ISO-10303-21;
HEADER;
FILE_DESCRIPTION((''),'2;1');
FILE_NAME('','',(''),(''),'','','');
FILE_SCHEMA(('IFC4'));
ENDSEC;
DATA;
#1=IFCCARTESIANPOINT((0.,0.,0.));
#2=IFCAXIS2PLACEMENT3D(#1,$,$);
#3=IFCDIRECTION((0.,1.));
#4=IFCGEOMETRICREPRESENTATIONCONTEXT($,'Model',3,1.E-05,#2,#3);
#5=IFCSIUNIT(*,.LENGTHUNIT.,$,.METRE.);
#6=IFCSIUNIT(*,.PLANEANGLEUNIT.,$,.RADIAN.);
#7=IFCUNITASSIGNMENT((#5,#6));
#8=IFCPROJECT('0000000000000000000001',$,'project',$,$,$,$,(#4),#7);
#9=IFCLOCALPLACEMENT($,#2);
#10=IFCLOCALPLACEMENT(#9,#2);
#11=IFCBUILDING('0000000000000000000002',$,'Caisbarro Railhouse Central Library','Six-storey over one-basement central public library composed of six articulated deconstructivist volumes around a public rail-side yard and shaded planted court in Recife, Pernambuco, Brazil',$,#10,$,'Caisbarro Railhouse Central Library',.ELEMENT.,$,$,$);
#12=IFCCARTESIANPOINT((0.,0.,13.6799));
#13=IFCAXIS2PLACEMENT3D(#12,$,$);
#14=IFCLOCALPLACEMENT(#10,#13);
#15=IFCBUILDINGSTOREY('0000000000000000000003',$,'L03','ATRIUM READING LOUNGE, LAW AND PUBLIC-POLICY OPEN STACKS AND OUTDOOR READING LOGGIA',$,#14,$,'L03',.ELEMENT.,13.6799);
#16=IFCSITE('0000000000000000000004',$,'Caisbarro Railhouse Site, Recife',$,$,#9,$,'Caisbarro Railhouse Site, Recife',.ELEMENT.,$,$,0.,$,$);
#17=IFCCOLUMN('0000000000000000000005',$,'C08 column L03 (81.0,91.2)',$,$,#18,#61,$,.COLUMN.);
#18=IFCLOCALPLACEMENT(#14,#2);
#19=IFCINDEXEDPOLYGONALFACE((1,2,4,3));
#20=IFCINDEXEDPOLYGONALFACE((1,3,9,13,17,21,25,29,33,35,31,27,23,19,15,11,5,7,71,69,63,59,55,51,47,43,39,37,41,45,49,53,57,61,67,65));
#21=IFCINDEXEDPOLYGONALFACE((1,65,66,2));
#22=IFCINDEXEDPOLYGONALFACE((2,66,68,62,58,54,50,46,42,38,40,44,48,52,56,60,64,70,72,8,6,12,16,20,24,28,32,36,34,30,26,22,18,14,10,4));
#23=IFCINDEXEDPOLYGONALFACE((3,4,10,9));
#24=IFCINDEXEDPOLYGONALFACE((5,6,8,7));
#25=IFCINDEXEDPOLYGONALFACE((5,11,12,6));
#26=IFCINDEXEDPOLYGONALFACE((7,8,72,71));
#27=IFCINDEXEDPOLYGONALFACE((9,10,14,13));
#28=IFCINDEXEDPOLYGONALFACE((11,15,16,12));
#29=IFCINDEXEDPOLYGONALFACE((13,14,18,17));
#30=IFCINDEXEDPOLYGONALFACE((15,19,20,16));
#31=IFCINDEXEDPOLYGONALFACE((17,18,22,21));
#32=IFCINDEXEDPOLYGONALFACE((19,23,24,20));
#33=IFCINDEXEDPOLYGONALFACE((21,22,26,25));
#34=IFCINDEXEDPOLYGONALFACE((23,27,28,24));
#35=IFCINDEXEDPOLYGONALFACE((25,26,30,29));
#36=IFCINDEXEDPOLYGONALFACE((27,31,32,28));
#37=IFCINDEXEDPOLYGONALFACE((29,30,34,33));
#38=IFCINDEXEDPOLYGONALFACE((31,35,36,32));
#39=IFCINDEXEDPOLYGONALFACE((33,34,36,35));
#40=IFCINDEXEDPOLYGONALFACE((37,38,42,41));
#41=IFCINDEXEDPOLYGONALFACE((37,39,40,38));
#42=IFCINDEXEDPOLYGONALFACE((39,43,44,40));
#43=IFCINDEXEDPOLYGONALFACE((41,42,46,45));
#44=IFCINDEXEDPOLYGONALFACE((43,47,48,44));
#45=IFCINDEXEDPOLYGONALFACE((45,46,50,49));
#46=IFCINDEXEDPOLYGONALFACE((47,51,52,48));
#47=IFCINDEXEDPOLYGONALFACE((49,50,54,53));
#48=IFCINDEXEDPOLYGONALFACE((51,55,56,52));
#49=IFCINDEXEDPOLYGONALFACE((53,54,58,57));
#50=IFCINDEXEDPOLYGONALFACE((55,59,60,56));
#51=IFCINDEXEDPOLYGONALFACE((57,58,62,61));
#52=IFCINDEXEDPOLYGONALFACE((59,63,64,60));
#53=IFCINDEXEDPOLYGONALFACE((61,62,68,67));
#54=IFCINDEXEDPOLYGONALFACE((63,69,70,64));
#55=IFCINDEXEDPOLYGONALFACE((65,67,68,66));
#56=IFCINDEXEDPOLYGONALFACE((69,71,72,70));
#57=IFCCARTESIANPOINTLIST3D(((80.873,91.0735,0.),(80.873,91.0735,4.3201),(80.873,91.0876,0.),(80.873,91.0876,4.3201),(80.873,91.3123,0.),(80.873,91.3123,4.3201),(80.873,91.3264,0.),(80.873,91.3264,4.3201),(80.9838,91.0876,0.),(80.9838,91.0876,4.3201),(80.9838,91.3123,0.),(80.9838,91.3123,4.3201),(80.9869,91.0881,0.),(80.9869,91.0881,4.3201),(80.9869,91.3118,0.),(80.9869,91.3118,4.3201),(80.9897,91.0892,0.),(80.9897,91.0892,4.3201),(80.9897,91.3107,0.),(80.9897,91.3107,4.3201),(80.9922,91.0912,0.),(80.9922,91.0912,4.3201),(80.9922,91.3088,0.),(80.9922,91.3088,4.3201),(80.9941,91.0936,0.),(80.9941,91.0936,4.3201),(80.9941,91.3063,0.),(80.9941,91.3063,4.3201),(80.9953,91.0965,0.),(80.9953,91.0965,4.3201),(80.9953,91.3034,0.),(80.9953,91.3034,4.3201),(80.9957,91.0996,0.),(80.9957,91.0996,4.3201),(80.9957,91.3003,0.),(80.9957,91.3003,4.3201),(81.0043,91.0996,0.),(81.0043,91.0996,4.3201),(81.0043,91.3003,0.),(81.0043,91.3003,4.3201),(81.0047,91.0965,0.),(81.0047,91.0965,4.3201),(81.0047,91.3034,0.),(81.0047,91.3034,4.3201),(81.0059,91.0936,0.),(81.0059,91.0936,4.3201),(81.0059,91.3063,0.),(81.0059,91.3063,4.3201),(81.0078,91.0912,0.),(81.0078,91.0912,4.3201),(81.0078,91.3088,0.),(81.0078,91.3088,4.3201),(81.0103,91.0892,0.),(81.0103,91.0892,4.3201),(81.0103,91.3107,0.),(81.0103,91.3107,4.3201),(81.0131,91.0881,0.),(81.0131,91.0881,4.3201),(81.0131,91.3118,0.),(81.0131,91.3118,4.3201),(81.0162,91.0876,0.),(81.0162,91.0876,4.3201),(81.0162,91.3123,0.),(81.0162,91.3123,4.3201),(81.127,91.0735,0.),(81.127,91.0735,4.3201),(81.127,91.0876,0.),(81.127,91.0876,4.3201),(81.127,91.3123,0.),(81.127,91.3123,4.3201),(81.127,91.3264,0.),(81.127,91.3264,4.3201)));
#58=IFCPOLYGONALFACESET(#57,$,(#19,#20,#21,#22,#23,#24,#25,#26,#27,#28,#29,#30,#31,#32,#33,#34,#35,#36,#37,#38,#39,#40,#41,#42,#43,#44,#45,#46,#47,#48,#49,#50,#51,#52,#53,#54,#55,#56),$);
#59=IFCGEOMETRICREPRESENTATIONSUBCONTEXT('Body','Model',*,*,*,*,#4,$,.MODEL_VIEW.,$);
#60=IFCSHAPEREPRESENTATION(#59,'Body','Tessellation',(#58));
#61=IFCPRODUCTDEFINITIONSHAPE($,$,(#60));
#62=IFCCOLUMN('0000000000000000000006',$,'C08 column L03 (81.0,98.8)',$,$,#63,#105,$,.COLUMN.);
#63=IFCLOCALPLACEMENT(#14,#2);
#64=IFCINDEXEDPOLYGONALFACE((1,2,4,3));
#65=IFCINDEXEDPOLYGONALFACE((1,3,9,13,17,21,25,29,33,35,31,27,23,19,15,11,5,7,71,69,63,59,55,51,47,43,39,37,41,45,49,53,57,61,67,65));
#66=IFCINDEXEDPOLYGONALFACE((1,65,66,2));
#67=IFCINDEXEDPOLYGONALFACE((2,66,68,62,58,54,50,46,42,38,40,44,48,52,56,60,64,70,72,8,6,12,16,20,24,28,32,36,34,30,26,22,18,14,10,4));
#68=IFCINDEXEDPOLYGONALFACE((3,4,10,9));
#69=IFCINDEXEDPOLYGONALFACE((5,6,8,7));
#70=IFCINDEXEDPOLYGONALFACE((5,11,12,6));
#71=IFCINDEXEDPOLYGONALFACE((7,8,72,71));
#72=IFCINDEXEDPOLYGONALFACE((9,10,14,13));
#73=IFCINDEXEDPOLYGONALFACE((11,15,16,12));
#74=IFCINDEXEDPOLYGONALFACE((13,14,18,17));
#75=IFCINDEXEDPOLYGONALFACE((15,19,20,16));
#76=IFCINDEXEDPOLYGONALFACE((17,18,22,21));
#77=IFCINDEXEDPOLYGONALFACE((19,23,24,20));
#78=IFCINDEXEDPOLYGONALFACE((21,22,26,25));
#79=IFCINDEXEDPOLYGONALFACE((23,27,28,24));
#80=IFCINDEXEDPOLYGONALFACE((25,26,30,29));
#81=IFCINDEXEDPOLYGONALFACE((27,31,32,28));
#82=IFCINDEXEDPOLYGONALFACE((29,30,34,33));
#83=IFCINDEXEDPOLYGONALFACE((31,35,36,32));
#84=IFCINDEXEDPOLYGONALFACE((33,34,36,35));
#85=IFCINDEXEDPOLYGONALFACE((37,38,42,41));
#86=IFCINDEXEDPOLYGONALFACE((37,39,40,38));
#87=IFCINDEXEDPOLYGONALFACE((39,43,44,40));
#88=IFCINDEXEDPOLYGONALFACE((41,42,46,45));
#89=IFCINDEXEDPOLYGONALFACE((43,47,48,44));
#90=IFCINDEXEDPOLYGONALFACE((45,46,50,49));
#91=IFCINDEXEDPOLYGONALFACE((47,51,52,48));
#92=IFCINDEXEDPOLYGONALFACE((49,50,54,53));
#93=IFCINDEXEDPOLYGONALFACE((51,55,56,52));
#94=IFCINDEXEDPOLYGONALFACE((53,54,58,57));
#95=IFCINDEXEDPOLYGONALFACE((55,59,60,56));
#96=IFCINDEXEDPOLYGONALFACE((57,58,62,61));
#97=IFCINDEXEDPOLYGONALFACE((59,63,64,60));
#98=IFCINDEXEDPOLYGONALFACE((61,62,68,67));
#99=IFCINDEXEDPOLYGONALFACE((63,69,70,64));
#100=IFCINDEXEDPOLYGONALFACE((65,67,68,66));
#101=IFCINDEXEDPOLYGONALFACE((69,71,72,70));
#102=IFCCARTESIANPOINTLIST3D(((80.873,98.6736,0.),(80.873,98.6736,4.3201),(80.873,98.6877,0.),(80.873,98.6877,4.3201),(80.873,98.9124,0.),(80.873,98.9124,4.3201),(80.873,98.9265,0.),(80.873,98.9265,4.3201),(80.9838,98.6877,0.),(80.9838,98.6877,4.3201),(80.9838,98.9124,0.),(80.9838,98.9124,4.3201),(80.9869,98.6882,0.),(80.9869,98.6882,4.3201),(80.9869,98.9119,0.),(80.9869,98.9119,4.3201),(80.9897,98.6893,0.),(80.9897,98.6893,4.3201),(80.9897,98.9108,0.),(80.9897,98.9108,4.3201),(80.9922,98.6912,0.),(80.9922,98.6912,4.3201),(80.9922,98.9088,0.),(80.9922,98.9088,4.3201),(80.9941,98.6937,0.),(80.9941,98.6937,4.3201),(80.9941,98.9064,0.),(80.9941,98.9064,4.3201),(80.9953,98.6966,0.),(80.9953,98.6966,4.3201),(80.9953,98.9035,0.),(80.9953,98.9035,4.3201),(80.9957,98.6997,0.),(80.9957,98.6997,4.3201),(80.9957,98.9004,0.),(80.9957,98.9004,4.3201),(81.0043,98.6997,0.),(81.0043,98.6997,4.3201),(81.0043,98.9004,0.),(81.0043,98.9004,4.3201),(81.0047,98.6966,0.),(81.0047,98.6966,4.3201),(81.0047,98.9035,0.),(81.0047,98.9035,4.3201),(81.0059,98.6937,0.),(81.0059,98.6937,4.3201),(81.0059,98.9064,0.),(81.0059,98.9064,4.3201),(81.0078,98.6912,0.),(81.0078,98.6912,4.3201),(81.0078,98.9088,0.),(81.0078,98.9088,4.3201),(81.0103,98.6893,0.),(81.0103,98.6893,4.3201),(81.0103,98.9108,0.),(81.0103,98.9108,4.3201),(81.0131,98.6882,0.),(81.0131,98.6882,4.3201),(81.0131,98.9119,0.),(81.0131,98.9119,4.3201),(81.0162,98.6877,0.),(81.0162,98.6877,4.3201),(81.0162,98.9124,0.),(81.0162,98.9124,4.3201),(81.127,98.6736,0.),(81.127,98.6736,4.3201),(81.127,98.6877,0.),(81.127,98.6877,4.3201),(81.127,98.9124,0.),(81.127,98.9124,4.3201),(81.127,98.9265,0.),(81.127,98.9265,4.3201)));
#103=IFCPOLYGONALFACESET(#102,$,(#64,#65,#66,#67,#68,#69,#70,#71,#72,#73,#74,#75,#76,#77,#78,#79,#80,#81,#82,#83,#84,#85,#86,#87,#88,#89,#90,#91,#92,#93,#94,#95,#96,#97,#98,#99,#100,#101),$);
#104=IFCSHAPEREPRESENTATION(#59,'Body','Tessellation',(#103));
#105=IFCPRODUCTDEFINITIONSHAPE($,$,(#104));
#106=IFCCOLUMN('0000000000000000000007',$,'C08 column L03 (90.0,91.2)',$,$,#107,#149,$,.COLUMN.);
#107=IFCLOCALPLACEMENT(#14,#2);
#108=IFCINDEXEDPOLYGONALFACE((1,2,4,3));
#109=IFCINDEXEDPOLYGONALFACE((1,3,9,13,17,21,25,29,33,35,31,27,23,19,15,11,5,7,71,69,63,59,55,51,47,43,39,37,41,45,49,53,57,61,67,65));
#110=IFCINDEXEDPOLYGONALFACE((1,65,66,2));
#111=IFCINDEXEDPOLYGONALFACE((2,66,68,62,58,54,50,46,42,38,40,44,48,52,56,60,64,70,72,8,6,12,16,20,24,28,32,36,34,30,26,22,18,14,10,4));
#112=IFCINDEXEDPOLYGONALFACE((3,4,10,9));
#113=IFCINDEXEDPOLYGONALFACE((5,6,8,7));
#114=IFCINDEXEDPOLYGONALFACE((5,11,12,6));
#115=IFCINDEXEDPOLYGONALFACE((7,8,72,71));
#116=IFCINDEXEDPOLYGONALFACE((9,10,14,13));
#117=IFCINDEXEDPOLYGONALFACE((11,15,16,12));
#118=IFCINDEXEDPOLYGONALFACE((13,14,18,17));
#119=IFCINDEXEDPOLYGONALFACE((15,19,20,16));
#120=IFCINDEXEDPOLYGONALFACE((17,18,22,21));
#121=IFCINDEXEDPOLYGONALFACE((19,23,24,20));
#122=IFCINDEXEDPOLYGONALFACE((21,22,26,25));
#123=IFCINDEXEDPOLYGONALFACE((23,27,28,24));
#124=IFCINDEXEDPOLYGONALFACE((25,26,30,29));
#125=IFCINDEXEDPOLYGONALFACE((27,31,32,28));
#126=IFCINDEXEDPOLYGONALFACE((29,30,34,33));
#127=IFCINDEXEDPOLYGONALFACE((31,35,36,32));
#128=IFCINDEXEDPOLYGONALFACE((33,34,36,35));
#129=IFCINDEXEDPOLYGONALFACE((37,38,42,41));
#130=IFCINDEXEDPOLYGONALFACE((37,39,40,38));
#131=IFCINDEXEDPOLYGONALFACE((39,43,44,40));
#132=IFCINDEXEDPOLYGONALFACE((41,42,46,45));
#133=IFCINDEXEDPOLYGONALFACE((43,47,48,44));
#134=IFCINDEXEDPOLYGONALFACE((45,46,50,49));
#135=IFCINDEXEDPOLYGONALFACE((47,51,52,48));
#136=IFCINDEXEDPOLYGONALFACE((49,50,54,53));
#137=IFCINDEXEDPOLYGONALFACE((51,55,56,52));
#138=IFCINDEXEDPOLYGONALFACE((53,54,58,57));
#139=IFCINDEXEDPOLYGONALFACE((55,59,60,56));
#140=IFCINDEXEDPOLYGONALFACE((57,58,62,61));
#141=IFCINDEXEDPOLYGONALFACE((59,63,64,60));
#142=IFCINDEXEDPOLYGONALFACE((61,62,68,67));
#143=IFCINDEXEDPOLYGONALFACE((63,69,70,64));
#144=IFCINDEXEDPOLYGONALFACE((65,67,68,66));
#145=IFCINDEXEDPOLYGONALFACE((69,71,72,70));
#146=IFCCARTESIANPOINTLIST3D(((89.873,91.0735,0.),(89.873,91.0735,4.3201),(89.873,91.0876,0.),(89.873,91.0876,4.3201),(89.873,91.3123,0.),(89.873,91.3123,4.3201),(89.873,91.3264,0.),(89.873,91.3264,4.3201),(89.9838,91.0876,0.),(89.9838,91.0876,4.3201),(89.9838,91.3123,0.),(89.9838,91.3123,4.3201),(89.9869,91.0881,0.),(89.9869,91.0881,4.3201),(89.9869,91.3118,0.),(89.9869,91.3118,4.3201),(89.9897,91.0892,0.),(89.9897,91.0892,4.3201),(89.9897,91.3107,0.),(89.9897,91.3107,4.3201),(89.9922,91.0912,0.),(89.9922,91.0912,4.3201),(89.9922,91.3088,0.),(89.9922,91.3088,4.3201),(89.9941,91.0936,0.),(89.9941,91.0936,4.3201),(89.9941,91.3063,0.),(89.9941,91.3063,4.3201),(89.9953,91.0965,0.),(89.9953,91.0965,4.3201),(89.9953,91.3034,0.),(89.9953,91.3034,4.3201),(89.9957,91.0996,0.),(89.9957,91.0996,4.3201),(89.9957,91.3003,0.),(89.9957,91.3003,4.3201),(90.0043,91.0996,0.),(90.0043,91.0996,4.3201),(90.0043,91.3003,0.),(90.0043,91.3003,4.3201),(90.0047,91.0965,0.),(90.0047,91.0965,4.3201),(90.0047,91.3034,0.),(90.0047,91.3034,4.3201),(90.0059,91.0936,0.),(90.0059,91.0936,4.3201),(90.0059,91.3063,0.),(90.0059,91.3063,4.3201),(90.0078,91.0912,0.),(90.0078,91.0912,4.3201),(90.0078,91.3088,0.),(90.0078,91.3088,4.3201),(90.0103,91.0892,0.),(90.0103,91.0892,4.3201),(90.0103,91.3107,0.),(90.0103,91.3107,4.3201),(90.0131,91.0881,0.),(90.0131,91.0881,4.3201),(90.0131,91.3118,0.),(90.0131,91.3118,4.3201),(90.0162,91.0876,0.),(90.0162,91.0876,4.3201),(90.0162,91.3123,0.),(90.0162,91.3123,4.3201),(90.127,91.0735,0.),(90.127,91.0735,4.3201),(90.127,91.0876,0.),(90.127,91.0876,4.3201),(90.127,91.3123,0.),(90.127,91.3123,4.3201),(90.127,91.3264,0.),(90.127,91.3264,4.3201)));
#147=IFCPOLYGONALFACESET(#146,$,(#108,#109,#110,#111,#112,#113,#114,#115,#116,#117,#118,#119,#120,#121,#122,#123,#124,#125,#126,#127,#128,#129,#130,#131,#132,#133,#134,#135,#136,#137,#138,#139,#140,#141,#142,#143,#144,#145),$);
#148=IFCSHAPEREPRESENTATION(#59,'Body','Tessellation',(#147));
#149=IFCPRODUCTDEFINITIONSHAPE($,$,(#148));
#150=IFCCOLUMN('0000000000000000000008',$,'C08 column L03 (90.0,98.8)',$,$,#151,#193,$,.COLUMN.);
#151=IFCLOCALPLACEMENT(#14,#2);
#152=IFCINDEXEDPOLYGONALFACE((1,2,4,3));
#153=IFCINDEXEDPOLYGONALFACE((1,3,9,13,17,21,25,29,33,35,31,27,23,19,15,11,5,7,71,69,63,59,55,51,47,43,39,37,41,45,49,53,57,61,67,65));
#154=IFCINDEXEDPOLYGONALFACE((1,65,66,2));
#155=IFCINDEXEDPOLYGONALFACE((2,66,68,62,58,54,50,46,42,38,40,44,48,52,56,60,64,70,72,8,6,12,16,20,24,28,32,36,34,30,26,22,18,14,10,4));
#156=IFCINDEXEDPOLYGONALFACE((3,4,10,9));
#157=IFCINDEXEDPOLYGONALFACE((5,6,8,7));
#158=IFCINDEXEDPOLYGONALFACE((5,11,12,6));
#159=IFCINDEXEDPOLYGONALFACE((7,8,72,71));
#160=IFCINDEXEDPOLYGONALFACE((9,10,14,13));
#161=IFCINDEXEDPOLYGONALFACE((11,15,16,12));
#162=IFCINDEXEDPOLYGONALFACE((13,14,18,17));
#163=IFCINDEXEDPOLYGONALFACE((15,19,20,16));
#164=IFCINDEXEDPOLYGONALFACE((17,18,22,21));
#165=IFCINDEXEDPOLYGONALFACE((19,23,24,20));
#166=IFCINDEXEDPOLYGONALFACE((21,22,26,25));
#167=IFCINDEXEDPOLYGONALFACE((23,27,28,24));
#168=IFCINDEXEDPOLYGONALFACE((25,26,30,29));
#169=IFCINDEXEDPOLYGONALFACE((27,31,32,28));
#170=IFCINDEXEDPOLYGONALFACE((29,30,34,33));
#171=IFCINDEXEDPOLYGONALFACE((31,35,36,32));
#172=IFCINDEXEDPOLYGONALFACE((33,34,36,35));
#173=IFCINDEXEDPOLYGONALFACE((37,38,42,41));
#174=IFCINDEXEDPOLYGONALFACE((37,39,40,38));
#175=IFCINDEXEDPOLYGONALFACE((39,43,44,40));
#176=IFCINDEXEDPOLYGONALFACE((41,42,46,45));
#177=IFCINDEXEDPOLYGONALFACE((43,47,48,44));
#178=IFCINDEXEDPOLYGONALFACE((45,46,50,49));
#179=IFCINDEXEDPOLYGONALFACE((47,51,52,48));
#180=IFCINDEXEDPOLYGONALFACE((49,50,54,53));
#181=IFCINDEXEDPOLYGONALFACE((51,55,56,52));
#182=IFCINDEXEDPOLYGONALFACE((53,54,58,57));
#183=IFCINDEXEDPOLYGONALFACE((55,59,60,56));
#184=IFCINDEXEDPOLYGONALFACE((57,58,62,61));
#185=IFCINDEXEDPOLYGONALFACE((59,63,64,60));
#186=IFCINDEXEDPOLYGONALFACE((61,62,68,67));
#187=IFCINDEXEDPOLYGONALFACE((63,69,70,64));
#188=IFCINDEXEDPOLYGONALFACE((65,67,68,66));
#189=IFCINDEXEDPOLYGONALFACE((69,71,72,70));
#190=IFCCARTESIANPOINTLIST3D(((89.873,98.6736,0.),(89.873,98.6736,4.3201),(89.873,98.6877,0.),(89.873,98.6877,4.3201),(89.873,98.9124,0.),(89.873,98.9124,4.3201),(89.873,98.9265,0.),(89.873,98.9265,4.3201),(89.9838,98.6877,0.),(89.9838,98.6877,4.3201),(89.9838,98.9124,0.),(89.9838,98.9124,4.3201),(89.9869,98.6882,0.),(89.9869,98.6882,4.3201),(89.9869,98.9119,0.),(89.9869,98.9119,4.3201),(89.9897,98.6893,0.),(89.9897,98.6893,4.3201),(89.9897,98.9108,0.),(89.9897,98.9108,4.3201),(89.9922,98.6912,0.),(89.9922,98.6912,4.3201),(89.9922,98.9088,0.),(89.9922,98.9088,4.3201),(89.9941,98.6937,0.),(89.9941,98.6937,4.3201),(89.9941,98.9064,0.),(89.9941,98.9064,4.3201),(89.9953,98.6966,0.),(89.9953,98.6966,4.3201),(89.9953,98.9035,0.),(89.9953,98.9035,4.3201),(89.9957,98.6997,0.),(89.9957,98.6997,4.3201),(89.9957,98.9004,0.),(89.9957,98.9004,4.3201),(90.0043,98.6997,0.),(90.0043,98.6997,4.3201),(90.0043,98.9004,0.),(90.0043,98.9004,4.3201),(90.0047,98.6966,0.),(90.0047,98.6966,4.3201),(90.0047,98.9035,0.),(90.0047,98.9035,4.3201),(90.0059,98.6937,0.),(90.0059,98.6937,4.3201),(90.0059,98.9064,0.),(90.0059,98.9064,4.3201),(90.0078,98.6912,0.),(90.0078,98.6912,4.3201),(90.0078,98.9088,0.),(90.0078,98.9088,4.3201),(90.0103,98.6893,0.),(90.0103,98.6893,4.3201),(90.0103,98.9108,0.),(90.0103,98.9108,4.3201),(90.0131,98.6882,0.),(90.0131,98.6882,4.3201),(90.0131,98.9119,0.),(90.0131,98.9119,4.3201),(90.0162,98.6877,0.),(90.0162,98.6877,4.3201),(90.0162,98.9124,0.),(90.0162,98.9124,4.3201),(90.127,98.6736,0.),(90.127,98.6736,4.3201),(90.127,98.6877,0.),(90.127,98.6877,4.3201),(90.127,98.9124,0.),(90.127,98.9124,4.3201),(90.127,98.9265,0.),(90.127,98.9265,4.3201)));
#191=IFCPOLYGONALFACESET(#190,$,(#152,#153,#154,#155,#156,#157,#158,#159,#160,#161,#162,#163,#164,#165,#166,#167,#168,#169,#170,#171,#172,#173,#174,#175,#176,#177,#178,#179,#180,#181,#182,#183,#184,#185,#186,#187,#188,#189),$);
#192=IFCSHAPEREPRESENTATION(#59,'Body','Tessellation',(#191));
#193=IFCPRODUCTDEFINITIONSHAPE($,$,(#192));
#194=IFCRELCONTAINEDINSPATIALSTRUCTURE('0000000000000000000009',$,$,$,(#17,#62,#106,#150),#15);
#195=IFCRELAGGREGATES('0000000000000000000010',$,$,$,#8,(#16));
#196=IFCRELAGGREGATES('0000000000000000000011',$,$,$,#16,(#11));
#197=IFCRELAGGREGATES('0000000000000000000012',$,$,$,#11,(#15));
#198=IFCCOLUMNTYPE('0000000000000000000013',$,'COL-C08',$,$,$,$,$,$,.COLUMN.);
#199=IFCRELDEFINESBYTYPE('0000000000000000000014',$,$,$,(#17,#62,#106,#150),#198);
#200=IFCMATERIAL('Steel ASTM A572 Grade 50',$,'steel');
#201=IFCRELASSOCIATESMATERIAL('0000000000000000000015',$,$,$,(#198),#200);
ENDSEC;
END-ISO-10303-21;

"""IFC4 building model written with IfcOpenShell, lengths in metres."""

from ifc_helpers import new_model, si_unit, direction, frame, origin, origin_2d, place, context, subcontext, project, spatial, i_section, extrude, material, material_profile, profile_set, type_object, element, save


model = new_model("IFC4")

# Units and contexts
model_context = context("Model", 3, precision=1e-05, world=origin(), true_north=direction((0.0, 1.0)))
body_context = subcontext(model_context, "Body", "Model", "MODEL_VIEW")
ifc_project = project(units=[si_unit("LENGTHUNIT", "METRE"), si_unit("PLANEANGLEUNIT", "RADIAN")], contexts=[model_context])

# Site, building, storey
site_placement = place(None, origin())
site = spatial("IfcSite", under=ifc_project, at=site_placement, Name="Caisbarro Railhouse Site, Recife", LongName="Caisbarro Railhouse Site, Recife", CompositionType="ELEMENT", RefElevation=0.0)
building_placement = place(site_placement, origin())
building = spatial("IfcBuilding", under=site, at=building_placement, Name="Caisbarro Railhouse Central Library", Description="Six-storey over one-basement central public library composed of six articulated deconstructivist volumes around a public rail-side yard and shaded planted court in Recife, Pernambuco, Brazil", LongName="Caisbarro Railhouse Central Library", CompositionType="ELEMENT")
storey_placement = place(building_placement, frame((0.0, 0.0, 13.6799)))
storey = spatial("IfcBuildingStorey", under=building, at=storey_placement, Name="L03", Description="ATRIUM READING LOUNGE, LAW AND PUBLIC-POLICY OPEN STACKS AND OUTDOOR READING LOGGIA", LongName="L03", CompositionType="ELEMENT", Elevation=13.6799)

# Columns
ifc_material_1 = material(Name="Steel ASTM A572 Grade 50", Category="steel")
ifc_material_profile_1 = material_profile(ifc_material_1, i_section(OverallWidth=0.2539, OverallDepth=0.2529, WebThickness=0.0085, FlangeThickness=0.0142, FilletRadius=0.012, at=origin_2d()), Name="W250X73.0")
ifc_profile_set_1 = profile_set([ifc_material_profile_1], Name="Steel ASTM A572 Grade 50")
column_type = type_object("IfcColumnType", Name="COL-C08", PredefinedType="COLUMN", material=ifc_profile_set_1)
for number, where, z_axis, x_axis, name in (
    (1, (81.0, 91.2, 0.0), (0.0, 0.0, 1.0), (1.0, 0.0, 0.0), "C08 column L03 (81.0,91.2)"),
    (2, (81.0, 98.8, 0.0), (0.0, 0.0, 1.0), (1.0, 0.0, 0.0), "C08 column L03 (81.0,98.8)"),
    (3, (90.0, 91.2, 0.0), (0.0, 0.0, 1.0), (1.0, 0.0, 0.0), "C08 column L03 (90.0,91.2)"),
    (4, (90.0, 98.8, 0.0), (0.0, 0.0, 1.0), (1.0, 0.0, 0.0), "C08 column L03 (90.0,98.8)"),
):
    element("IfcColumn", number, at=place(storey_placement, frame(where, z_axis=z_axis, x_axis=x_axis)), inside=storey, type_object=column_type, Name=name, PredefinedType="COLUMN", context=body_context, shape_type="SweptSolid", body=[
        extrude(i_section(OverallWidth=0.2539, OverallDepth=0.2529, WebThickness=0.0085, FlangeThickness=0.0142, FilletRadius=0.012, at=origin_2d()), origin(), (0.0, 0.0, 1.0), 4.3201),
    ])

save(model, "model.ifc")
